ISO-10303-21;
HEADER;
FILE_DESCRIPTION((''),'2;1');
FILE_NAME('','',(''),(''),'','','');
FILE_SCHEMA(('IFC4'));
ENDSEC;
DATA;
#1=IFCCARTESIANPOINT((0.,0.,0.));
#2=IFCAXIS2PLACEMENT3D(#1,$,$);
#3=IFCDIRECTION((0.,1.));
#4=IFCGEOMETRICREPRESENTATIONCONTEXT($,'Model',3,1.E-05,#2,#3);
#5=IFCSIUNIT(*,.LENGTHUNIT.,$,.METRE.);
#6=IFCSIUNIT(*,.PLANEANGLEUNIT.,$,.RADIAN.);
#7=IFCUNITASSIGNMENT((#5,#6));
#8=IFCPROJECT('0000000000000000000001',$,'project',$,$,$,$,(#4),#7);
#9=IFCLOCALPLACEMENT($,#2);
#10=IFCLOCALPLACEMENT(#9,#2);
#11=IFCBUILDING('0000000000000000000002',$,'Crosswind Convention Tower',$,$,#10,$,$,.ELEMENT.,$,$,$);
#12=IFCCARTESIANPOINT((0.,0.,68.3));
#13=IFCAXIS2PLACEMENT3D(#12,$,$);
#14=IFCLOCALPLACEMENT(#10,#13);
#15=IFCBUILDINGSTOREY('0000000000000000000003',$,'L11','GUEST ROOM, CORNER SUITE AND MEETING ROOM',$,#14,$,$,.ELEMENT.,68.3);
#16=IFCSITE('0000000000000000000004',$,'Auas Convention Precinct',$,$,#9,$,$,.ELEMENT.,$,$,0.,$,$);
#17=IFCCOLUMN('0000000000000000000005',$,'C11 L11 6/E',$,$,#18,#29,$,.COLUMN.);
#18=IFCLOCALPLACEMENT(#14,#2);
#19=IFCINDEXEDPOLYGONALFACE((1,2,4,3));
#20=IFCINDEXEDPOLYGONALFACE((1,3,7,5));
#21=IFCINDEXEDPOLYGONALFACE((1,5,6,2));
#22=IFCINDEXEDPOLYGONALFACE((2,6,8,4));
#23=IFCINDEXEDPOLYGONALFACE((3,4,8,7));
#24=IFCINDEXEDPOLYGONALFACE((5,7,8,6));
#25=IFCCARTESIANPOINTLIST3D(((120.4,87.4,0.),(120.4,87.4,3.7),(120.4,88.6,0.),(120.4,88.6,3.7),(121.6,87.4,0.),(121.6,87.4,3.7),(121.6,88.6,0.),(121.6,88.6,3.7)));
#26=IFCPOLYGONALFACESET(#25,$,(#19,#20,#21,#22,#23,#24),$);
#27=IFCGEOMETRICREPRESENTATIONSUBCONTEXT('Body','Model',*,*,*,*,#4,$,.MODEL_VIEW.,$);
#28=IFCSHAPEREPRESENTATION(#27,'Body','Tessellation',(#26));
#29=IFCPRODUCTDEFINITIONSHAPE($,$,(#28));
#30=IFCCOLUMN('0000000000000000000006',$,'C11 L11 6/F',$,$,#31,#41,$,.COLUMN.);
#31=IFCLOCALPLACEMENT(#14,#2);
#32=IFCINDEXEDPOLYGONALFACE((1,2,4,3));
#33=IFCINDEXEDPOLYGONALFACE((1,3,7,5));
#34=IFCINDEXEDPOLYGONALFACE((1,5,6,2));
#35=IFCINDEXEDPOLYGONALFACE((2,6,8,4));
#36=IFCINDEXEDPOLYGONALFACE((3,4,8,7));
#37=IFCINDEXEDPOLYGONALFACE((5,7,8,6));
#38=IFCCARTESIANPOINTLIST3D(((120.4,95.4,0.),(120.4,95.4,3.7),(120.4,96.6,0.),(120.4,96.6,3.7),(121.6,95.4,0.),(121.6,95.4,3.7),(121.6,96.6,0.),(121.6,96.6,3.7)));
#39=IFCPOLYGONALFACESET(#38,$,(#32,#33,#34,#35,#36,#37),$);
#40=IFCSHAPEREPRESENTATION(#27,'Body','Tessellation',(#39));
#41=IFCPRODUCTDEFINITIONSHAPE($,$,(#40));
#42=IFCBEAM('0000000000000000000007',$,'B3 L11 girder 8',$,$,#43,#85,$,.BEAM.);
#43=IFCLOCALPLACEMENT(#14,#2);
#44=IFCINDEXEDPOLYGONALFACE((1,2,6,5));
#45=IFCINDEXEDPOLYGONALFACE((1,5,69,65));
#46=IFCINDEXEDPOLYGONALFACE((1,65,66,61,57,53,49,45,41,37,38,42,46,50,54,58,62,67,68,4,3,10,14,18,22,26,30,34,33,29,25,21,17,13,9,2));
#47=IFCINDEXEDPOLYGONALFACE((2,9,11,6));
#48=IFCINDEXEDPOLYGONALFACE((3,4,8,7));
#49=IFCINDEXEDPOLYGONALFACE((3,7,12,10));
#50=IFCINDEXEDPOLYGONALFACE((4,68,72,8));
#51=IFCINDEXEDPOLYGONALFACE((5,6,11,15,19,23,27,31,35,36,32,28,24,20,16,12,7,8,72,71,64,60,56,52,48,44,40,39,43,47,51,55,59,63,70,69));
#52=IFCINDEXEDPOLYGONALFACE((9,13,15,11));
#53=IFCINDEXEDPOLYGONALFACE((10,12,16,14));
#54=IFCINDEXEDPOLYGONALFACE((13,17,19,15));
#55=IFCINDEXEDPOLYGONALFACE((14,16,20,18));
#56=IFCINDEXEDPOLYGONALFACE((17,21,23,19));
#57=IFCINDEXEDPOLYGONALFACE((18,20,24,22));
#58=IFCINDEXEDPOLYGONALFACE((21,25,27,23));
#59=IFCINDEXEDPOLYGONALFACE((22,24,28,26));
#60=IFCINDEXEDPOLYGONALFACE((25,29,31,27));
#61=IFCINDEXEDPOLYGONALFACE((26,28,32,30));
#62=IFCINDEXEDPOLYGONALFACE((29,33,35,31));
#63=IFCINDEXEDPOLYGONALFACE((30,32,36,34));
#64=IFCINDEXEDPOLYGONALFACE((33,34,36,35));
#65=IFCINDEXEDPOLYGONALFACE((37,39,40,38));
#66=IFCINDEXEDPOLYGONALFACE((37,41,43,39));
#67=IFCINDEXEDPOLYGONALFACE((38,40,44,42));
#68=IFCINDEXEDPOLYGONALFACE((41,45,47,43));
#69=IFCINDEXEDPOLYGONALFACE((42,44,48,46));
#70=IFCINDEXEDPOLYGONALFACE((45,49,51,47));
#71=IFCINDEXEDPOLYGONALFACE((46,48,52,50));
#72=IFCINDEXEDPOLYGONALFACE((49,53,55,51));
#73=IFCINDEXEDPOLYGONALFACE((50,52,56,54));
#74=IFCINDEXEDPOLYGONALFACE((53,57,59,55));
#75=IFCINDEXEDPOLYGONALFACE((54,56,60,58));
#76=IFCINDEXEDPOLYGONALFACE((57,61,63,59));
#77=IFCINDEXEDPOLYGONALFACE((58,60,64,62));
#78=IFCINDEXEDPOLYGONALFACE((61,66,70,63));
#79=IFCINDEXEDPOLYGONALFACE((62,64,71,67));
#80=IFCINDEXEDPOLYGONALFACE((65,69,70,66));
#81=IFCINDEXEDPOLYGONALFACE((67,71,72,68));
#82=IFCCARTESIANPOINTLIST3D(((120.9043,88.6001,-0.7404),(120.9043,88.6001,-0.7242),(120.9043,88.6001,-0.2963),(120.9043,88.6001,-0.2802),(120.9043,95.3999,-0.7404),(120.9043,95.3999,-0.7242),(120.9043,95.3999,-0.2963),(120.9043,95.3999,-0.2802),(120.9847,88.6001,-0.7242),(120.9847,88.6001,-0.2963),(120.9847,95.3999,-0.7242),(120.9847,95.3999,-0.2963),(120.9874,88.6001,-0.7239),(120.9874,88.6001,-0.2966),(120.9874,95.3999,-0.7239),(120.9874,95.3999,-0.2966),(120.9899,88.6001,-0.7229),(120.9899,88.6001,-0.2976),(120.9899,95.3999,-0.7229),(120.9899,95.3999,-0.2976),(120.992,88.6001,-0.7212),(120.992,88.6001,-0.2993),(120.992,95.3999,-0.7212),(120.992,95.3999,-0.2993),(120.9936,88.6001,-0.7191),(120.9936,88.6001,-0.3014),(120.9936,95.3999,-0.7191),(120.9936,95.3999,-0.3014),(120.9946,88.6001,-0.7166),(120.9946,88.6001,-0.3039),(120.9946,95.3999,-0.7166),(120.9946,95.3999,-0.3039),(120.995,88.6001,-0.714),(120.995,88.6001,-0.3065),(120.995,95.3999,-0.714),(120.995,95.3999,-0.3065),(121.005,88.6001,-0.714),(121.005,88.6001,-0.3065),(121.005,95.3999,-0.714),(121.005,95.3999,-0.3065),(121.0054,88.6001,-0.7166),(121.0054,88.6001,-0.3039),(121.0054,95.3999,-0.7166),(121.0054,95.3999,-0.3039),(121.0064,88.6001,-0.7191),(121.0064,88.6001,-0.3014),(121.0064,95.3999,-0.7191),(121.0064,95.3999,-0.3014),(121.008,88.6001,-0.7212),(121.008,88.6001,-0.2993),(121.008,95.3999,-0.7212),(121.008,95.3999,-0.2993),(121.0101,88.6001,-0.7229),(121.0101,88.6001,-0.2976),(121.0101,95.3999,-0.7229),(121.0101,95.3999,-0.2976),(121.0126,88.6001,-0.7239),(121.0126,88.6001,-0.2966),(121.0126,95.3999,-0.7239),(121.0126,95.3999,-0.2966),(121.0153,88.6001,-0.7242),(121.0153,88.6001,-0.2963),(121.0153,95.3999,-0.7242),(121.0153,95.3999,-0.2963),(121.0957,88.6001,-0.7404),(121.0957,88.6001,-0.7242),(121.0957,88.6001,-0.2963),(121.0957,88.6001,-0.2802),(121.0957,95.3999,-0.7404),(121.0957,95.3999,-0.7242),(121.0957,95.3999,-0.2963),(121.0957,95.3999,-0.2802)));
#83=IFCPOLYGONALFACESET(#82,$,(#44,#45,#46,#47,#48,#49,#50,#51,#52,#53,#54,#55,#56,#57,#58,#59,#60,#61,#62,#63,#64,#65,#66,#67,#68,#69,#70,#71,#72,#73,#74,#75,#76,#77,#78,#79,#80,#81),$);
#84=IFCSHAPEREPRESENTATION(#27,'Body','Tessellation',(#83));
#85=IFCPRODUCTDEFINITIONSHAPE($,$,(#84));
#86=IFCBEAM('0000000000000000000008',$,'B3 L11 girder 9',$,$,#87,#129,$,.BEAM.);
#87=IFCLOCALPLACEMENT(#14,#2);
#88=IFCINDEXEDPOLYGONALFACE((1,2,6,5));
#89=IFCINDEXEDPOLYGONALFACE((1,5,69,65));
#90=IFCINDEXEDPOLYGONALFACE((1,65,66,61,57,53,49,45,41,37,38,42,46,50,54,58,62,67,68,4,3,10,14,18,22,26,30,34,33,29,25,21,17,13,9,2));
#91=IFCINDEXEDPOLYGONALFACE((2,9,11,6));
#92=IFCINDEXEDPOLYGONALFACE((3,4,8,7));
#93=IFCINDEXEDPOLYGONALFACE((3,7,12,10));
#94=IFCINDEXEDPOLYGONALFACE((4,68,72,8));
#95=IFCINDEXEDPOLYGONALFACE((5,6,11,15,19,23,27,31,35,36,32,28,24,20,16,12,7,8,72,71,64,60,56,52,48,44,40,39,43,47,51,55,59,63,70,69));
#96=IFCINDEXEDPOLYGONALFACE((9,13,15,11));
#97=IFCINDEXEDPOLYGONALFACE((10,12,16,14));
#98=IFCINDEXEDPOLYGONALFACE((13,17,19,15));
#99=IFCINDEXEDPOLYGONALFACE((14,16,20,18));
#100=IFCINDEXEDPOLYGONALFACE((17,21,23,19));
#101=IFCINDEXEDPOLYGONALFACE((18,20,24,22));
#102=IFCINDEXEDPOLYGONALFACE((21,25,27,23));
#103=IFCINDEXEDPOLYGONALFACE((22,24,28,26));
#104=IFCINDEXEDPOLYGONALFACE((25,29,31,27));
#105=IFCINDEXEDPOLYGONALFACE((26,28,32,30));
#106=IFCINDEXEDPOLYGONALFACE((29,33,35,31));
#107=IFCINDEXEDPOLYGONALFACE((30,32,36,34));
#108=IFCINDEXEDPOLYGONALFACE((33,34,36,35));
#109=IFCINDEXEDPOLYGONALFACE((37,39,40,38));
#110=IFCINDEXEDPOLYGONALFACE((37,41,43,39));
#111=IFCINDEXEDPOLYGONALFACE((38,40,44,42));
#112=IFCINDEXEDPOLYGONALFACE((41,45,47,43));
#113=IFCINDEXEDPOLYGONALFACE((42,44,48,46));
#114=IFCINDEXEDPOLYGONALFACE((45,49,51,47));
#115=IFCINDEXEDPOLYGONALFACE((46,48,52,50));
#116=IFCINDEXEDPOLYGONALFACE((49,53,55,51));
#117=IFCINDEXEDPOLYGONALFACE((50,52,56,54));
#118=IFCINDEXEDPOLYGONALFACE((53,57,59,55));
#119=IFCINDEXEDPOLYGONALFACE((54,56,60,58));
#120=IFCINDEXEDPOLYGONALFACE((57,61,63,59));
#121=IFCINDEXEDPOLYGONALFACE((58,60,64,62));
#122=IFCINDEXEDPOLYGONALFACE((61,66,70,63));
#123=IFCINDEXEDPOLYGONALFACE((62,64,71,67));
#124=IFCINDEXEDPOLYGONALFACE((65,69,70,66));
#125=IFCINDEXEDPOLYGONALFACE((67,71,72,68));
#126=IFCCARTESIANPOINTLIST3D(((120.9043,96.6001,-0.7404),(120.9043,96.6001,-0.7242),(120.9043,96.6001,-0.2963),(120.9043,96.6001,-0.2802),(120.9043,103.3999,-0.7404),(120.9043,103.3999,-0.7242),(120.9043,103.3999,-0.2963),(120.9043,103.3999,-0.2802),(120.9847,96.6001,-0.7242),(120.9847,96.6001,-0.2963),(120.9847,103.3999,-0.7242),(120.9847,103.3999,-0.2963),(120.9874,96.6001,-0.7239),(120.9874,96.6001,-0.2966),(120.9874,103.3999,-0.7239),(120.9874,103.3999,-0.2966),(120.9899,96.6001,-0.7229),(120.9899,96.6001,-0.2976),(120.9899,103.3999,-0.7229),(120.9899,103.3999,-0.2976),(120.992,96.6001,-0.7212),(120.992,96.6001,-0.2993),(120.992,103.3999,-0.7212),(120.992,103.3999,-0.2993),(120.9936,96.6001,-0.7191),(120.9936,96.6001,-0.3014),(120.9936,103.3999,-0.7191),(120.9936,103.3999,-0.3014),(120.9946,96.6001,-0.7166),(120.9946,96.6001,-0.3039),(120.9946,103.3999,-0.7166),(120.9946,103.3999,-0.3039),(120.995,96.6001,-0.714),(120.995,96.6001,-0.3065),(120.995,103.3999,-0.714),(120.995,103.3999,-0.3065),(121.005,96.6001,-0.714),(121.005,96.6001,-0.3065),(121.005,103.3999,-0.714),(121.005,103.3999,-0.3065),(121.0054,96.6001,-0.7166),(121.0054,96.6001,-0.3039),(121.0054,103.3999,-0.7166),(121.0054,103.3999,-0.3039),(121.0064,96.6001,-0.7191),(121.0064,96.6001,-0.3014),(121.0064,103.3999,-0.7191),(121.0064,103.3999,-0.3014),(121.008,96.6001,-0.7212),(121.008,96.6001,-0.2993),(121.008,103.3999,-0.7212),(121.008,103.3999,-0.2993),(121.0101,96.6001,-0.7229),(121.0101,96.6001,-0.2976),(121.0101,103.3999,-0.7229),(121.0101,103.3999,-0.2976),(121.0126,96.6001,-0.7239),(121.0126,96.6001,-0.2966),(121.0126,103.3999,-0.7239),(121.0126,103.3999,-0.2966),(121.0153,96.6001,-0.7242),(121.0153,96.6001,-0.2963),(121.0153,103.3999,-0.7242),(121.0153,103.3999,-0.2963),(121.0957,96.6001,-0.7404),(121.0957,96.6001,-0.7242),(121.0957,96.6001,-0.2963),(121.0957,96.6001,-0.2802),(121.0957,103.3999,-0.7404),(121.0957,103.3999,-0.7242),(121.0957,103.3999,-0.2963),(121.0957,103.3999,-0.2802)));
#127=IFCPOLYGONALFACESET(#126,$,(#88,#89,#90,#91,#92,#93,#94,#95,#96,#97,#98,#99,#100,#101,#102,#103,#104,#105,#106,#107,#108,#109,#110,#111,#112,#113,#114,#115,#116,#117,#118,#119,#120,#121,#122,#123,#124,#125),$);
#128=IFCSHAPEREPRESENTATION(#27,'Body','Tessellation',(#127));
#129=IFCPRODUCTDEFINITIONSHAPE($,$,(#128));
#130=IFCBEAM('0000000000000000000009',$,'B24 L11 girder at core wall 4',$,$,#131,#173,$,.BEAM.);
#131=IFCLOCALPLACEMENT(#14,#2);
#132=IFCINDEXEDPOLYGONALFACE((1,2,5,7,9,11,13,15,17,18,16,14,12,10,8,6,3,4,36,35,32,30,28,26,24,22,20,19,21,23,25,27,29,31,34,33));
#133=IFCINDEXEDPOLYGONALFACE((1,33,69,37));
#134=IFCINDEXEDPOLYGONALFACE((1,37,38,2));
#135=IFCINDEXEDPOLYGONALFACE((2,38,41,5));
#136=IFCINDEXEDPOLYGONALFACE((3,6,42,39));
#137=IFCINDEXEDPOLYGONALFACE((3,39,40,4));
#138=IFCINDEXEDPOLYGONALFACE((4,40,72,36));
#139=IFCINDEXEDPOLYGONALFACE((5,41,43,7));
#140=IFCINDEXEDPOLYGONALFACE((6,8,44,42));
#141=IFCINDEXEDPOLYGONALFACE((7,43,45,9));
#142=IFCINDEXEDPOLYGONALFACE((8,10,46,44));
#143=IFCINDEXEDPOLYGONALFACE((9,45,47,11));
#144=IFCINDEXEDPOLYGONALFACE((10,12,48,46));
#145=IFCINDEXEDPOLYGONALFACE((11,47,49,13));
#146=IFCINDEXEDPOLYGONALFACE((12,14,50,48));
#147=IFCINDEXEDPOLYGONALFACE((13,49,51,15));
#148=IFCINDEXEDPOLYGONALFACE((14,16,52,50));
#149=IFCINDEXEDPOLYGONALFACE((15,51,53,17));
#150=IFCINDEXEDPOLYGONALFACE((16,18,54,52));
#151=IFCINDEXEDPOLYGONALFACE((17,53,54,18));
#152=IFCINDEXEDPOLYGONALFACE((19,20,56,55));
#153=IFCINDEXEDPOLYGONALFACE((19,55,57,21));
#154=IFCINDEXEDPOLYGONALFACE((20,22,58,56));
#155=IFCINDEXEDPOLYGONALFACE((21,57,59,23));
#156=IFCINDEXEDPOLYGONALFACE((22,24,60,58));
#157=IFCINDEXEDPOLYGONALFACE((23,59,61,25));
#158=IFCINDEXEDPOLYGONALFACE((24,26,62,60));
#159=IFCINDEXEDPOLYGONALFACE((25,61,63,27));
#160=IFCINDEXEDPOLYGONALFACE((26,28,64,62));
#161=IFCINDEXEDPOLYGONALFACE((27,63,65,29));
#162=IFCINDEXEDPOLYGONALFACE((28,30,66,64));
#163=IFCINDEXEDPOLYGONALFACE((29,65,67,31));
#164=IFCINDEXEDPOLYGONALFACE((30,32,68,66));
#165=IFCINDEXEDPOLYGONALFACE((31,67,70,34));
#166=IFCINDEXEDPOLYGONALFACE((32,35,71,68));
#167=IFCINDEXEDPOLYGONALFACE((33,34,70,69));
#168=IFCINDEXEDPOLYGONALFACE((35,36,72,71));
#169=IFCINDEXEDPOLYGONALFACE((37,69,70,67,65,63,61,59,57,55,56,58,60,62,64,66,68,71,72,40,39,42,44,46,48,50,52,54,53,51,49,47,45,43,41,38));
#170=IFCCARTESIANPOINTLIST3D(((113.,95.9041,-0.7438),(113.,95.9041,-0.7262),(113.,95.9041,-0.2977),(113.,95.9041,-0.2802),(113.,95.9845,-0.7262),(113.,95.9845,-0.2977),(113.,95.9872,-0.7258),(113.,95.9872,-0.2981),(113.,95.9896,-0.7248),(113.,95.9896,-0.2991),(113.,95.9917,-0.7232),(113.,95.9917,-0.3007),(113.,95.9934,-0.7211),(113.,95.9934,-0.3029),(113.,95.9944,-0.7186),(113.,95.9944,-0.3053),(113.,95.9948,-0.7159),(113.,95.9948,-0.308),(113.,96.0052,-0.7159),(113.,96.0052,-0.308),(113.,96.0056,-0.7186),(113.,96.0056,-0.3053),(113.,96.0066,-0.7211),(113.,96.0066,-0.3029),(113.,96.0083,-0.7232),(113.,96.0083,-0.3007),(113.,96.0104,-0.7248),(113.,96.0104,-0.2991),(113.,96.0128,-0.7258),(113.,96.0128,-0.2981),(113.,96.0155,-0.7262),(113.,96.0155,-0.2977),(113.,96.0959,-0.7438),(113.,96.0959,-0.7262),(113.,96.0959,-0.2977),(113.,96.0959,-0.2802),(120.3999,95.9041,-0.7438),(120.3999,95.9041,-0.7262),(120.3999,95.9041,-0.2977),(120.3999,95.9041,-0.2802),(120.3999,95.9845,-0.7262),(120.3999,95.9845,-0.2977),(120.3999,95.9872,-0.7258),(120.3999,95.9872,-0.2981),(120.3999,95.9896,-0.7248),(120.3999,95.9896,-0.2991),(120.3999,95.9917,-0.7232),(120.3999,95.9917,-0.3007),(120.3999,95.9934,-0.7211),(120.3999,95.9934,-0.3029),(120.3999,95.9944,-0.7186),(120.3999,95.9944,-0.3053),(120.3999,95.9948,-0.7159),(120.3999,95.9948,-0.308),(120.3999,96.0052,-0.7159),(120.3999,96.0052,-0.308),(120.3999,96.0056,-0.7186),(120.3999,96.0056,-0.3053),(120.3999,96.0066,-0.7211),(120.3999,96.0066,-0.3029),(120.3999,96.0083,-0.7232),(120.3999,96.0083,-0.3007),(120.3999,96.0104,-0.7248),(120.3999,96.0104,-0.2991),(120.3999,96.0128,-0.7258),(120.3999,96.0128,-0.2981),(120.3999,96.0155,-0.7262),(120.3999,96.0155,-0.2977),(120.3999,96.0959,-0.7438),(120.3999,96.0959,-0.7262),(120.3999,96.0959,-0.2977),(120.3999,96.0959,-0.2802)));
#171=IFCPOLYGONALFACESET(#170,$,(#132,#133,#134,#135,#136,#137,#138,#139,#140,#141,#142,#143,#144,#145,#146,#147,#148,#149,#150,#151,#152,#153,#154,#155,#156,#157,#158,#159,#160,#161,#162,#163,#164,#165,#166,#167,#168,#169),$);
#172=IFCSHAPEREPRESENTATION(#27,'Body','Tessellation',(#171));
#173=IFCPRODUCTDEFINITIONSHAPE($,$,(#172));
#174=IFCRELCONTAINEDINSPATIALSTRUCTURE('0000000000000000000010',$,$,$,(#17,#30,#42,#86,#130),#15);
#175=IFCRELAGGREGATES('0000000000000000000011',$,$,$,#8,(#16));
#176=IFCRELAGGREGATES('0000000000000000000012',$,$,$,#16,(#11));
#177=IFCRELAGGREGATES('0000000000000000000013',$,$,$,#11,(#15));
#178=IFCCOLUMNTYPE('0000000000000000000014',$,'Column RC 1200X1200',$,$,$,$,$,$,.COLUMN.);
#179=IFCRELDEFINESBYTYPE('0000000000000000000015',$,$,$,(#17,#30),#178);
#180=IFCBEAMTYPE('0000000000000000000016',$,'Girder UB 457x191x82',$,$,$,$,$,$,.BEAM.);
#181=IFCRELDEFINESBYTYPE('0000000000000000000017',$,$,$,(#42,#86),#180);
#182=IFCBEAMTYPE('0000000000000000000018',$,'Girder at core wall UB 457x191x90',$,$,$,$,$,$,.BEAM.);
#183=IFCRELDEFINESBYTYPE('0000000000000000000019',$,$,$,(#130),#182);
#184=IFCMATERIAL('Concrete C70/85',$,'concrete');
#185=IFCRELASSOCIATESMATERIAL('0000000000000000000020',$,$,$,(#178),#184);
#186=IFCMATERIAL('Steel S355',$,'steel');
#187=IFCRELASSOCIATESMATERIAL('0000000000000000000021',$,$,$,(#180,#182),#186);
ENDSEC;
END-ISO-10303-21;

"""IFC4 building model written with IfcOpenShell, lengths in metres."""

from ifc_helpers import new_model, si_unit, direction, frame, origin, origin_2d, place, context, subcontext, project, spatial, rectangle, i_section, extrude, material, material_profile, profile_set, type_object, element, save


model = new_model("IFC4")

# Units and contexts
model_context = context("Model", 3, precision=1e-05, world=origin(), true_north=direction((0.0, 1.0)))
body_context = subcontext(model_context, "Body", "Model", "MODEL_VIEW")
ifc_project = project(units=[si_unit("LENGTHUNIT", "METRE"), si_unit("PLANEANGLEUNIT", "RADIAN")], contexts=[model_context])

# Site, building, storey
site_placement = place(None, origin())
site = spatial("IfcSite", under=ifc_project, at=site_placement, Name="Auas Convention Precinct", CompositionType="ELEMENT", RefElevation=0.0)
building_placement = place(site_placement, origin())
building = spatial("IfcBuilding", under=site, at=building_placement, Name="Crosswind Convention Tower", CompositionType="ELEMENT")
storey_placement = place(building_placement, frame((0.0, 0.0, 68.3)))
storey = spatial("IfcBuildingStorey", under=building, at=storey_placement, Name="L11", Description="GUEST ROOM, CORNER SUITE AND MEETING ROOM", CompositionType="ELEMENT", Elevation=68.3)

# Columns
ifc_material_1 = material(Name="Concrete C70/85", Category="concrete")
ifc_material_profile_1 = material_profile(ifc_material_1, rectangle(XDim=1.2, YDim=1.2, at=origin_2d()), Name="RC 1200X1200")
ifc_profile_set_1 = profile_set([ifc_material_profile_1], Name="Concrete C70/85")
column_type = type_object("IfcColumnType", Name="Column RC 1200X1200", PredefinedType="COLUMN", material=ifc_profile_set_1)
for number, where, z_axis, x_axis, name in (
    (1, (121.0, 88.0, 0.0), (0.0, 0.0, 1.0), (1.0, 0.0, 0.0), "C11 L11 6/E"),
    (2, (121.0, 96.0, 0.0), (0.0, 0.0, 1.0), (1.0, 0.0, 0.0), "C11 L11 6/F"),
):
    element("IfcColumn", number, at=place(storey_placement, frame(where, z_axis=z_axis, x_axis=x_axis)), inside=storey, type_object=column_type, Name=name, PredefinedType="COLUMN", context=body_context, shape_type="SweptSolid", body=[
        extrude(rectangle(XDim=1.2, YDim=1.2, at=origin_2d()), origin(), (0.0, 0.0, 1.0), 3.7),
    ])

# Beams
ifc_material_2 = material(Name="Steel S355", Category="steel")
ifc_material_profile_2 = material_profile(ifc_material_2, i_section(OverallWidth=0.1914, OverallDepth=0.4602, WebThickness=0.01, FlangeThickness=0.0161, FilletRadius=0.0103, at=origin_2d()), Name="UB 457x191x82")
ifc_profile_set_2 = profile_set([ifc_material_profile_2], Name="Steel S355")
beam_type_1 = type_object("IfcBeamType", Name="Girder UB 457x191x82", PredefinedType="BEAM", material=ifc_profile_set_2)
for number, where, z_axis, x_axis, name in (
    (3, (121.0, 88.6001, -0.5103), (0.0, 1.0, 0.0), (-1.0, 0.0, 0.0), "B3 L11 girder 8"),
    (4, (121.0, 96.6001, -0.5103), (0.0, 1.0, 0.0), (-1.0, 0.0, 0.0), "B3 L11 girder 9"),
):
    element("IfcBeam", number, at=place(storey_placement, frame(where, z_axis=z_axis, x_axis=x_axis)), inside=storey, type_object=beam_type_1, Name=name, PredefinedType="BEAM", context=body_context, shape_type="SweptSolid", body=[
        extrude(i_section(OverallWidth=0.1914, OverallDepth=0.4602, WebThickness=0.01, FlangeThickness=0.0161, FilletRadius=0.0103, at=origin_2d()), origin(), (0.0, 0.0, 1.0), 6.7998),
    ])
ifc_material_profile_3 = material_profile(ifc_material_2, i_section(OverallWidth=0.1919, OverallDepth=0.4636, WebThickness=0.0105, FlangeThickness=0.0176, FilletRadius=0.0103, at=origin_2d()), Name="UB 457x191x90")
ifc_profile_set_3 = profile_set([ifc_material_profile_3], Name="Steel S355")
beam_type_2 = type_object("IfcBeamType", Name="Girder at core wall UB 457x191x90", PredefinedType="BEAM", material=ifc_profile_set_3)
beam_1_placement = place(storey_placement, frame((113.0, 96.0, -0.512), z_axis=(1.0, 0.0, 0.0), x_axis=(0.0, 1.0, 0.0)))
element("IfcBeam", 5, at=beam_1_placement, inside=storey, type_object=beam_type_2, Name="B24 L11 girder at core wall 4", PredefinedType="BEAM", context=body_context, shape_type="SweptSolid", body=[
    extrude(i_section(OverallWidth=0.1919, OverallDepth=0.4636, WebThickness=0.0105, FlangeThickness=0.0176, FilletRadius=0.0103, at=origin_2d()), origin(), (0.0, 0.0, 1.0), 7.3999),
])

save(model, "model.ifc")
